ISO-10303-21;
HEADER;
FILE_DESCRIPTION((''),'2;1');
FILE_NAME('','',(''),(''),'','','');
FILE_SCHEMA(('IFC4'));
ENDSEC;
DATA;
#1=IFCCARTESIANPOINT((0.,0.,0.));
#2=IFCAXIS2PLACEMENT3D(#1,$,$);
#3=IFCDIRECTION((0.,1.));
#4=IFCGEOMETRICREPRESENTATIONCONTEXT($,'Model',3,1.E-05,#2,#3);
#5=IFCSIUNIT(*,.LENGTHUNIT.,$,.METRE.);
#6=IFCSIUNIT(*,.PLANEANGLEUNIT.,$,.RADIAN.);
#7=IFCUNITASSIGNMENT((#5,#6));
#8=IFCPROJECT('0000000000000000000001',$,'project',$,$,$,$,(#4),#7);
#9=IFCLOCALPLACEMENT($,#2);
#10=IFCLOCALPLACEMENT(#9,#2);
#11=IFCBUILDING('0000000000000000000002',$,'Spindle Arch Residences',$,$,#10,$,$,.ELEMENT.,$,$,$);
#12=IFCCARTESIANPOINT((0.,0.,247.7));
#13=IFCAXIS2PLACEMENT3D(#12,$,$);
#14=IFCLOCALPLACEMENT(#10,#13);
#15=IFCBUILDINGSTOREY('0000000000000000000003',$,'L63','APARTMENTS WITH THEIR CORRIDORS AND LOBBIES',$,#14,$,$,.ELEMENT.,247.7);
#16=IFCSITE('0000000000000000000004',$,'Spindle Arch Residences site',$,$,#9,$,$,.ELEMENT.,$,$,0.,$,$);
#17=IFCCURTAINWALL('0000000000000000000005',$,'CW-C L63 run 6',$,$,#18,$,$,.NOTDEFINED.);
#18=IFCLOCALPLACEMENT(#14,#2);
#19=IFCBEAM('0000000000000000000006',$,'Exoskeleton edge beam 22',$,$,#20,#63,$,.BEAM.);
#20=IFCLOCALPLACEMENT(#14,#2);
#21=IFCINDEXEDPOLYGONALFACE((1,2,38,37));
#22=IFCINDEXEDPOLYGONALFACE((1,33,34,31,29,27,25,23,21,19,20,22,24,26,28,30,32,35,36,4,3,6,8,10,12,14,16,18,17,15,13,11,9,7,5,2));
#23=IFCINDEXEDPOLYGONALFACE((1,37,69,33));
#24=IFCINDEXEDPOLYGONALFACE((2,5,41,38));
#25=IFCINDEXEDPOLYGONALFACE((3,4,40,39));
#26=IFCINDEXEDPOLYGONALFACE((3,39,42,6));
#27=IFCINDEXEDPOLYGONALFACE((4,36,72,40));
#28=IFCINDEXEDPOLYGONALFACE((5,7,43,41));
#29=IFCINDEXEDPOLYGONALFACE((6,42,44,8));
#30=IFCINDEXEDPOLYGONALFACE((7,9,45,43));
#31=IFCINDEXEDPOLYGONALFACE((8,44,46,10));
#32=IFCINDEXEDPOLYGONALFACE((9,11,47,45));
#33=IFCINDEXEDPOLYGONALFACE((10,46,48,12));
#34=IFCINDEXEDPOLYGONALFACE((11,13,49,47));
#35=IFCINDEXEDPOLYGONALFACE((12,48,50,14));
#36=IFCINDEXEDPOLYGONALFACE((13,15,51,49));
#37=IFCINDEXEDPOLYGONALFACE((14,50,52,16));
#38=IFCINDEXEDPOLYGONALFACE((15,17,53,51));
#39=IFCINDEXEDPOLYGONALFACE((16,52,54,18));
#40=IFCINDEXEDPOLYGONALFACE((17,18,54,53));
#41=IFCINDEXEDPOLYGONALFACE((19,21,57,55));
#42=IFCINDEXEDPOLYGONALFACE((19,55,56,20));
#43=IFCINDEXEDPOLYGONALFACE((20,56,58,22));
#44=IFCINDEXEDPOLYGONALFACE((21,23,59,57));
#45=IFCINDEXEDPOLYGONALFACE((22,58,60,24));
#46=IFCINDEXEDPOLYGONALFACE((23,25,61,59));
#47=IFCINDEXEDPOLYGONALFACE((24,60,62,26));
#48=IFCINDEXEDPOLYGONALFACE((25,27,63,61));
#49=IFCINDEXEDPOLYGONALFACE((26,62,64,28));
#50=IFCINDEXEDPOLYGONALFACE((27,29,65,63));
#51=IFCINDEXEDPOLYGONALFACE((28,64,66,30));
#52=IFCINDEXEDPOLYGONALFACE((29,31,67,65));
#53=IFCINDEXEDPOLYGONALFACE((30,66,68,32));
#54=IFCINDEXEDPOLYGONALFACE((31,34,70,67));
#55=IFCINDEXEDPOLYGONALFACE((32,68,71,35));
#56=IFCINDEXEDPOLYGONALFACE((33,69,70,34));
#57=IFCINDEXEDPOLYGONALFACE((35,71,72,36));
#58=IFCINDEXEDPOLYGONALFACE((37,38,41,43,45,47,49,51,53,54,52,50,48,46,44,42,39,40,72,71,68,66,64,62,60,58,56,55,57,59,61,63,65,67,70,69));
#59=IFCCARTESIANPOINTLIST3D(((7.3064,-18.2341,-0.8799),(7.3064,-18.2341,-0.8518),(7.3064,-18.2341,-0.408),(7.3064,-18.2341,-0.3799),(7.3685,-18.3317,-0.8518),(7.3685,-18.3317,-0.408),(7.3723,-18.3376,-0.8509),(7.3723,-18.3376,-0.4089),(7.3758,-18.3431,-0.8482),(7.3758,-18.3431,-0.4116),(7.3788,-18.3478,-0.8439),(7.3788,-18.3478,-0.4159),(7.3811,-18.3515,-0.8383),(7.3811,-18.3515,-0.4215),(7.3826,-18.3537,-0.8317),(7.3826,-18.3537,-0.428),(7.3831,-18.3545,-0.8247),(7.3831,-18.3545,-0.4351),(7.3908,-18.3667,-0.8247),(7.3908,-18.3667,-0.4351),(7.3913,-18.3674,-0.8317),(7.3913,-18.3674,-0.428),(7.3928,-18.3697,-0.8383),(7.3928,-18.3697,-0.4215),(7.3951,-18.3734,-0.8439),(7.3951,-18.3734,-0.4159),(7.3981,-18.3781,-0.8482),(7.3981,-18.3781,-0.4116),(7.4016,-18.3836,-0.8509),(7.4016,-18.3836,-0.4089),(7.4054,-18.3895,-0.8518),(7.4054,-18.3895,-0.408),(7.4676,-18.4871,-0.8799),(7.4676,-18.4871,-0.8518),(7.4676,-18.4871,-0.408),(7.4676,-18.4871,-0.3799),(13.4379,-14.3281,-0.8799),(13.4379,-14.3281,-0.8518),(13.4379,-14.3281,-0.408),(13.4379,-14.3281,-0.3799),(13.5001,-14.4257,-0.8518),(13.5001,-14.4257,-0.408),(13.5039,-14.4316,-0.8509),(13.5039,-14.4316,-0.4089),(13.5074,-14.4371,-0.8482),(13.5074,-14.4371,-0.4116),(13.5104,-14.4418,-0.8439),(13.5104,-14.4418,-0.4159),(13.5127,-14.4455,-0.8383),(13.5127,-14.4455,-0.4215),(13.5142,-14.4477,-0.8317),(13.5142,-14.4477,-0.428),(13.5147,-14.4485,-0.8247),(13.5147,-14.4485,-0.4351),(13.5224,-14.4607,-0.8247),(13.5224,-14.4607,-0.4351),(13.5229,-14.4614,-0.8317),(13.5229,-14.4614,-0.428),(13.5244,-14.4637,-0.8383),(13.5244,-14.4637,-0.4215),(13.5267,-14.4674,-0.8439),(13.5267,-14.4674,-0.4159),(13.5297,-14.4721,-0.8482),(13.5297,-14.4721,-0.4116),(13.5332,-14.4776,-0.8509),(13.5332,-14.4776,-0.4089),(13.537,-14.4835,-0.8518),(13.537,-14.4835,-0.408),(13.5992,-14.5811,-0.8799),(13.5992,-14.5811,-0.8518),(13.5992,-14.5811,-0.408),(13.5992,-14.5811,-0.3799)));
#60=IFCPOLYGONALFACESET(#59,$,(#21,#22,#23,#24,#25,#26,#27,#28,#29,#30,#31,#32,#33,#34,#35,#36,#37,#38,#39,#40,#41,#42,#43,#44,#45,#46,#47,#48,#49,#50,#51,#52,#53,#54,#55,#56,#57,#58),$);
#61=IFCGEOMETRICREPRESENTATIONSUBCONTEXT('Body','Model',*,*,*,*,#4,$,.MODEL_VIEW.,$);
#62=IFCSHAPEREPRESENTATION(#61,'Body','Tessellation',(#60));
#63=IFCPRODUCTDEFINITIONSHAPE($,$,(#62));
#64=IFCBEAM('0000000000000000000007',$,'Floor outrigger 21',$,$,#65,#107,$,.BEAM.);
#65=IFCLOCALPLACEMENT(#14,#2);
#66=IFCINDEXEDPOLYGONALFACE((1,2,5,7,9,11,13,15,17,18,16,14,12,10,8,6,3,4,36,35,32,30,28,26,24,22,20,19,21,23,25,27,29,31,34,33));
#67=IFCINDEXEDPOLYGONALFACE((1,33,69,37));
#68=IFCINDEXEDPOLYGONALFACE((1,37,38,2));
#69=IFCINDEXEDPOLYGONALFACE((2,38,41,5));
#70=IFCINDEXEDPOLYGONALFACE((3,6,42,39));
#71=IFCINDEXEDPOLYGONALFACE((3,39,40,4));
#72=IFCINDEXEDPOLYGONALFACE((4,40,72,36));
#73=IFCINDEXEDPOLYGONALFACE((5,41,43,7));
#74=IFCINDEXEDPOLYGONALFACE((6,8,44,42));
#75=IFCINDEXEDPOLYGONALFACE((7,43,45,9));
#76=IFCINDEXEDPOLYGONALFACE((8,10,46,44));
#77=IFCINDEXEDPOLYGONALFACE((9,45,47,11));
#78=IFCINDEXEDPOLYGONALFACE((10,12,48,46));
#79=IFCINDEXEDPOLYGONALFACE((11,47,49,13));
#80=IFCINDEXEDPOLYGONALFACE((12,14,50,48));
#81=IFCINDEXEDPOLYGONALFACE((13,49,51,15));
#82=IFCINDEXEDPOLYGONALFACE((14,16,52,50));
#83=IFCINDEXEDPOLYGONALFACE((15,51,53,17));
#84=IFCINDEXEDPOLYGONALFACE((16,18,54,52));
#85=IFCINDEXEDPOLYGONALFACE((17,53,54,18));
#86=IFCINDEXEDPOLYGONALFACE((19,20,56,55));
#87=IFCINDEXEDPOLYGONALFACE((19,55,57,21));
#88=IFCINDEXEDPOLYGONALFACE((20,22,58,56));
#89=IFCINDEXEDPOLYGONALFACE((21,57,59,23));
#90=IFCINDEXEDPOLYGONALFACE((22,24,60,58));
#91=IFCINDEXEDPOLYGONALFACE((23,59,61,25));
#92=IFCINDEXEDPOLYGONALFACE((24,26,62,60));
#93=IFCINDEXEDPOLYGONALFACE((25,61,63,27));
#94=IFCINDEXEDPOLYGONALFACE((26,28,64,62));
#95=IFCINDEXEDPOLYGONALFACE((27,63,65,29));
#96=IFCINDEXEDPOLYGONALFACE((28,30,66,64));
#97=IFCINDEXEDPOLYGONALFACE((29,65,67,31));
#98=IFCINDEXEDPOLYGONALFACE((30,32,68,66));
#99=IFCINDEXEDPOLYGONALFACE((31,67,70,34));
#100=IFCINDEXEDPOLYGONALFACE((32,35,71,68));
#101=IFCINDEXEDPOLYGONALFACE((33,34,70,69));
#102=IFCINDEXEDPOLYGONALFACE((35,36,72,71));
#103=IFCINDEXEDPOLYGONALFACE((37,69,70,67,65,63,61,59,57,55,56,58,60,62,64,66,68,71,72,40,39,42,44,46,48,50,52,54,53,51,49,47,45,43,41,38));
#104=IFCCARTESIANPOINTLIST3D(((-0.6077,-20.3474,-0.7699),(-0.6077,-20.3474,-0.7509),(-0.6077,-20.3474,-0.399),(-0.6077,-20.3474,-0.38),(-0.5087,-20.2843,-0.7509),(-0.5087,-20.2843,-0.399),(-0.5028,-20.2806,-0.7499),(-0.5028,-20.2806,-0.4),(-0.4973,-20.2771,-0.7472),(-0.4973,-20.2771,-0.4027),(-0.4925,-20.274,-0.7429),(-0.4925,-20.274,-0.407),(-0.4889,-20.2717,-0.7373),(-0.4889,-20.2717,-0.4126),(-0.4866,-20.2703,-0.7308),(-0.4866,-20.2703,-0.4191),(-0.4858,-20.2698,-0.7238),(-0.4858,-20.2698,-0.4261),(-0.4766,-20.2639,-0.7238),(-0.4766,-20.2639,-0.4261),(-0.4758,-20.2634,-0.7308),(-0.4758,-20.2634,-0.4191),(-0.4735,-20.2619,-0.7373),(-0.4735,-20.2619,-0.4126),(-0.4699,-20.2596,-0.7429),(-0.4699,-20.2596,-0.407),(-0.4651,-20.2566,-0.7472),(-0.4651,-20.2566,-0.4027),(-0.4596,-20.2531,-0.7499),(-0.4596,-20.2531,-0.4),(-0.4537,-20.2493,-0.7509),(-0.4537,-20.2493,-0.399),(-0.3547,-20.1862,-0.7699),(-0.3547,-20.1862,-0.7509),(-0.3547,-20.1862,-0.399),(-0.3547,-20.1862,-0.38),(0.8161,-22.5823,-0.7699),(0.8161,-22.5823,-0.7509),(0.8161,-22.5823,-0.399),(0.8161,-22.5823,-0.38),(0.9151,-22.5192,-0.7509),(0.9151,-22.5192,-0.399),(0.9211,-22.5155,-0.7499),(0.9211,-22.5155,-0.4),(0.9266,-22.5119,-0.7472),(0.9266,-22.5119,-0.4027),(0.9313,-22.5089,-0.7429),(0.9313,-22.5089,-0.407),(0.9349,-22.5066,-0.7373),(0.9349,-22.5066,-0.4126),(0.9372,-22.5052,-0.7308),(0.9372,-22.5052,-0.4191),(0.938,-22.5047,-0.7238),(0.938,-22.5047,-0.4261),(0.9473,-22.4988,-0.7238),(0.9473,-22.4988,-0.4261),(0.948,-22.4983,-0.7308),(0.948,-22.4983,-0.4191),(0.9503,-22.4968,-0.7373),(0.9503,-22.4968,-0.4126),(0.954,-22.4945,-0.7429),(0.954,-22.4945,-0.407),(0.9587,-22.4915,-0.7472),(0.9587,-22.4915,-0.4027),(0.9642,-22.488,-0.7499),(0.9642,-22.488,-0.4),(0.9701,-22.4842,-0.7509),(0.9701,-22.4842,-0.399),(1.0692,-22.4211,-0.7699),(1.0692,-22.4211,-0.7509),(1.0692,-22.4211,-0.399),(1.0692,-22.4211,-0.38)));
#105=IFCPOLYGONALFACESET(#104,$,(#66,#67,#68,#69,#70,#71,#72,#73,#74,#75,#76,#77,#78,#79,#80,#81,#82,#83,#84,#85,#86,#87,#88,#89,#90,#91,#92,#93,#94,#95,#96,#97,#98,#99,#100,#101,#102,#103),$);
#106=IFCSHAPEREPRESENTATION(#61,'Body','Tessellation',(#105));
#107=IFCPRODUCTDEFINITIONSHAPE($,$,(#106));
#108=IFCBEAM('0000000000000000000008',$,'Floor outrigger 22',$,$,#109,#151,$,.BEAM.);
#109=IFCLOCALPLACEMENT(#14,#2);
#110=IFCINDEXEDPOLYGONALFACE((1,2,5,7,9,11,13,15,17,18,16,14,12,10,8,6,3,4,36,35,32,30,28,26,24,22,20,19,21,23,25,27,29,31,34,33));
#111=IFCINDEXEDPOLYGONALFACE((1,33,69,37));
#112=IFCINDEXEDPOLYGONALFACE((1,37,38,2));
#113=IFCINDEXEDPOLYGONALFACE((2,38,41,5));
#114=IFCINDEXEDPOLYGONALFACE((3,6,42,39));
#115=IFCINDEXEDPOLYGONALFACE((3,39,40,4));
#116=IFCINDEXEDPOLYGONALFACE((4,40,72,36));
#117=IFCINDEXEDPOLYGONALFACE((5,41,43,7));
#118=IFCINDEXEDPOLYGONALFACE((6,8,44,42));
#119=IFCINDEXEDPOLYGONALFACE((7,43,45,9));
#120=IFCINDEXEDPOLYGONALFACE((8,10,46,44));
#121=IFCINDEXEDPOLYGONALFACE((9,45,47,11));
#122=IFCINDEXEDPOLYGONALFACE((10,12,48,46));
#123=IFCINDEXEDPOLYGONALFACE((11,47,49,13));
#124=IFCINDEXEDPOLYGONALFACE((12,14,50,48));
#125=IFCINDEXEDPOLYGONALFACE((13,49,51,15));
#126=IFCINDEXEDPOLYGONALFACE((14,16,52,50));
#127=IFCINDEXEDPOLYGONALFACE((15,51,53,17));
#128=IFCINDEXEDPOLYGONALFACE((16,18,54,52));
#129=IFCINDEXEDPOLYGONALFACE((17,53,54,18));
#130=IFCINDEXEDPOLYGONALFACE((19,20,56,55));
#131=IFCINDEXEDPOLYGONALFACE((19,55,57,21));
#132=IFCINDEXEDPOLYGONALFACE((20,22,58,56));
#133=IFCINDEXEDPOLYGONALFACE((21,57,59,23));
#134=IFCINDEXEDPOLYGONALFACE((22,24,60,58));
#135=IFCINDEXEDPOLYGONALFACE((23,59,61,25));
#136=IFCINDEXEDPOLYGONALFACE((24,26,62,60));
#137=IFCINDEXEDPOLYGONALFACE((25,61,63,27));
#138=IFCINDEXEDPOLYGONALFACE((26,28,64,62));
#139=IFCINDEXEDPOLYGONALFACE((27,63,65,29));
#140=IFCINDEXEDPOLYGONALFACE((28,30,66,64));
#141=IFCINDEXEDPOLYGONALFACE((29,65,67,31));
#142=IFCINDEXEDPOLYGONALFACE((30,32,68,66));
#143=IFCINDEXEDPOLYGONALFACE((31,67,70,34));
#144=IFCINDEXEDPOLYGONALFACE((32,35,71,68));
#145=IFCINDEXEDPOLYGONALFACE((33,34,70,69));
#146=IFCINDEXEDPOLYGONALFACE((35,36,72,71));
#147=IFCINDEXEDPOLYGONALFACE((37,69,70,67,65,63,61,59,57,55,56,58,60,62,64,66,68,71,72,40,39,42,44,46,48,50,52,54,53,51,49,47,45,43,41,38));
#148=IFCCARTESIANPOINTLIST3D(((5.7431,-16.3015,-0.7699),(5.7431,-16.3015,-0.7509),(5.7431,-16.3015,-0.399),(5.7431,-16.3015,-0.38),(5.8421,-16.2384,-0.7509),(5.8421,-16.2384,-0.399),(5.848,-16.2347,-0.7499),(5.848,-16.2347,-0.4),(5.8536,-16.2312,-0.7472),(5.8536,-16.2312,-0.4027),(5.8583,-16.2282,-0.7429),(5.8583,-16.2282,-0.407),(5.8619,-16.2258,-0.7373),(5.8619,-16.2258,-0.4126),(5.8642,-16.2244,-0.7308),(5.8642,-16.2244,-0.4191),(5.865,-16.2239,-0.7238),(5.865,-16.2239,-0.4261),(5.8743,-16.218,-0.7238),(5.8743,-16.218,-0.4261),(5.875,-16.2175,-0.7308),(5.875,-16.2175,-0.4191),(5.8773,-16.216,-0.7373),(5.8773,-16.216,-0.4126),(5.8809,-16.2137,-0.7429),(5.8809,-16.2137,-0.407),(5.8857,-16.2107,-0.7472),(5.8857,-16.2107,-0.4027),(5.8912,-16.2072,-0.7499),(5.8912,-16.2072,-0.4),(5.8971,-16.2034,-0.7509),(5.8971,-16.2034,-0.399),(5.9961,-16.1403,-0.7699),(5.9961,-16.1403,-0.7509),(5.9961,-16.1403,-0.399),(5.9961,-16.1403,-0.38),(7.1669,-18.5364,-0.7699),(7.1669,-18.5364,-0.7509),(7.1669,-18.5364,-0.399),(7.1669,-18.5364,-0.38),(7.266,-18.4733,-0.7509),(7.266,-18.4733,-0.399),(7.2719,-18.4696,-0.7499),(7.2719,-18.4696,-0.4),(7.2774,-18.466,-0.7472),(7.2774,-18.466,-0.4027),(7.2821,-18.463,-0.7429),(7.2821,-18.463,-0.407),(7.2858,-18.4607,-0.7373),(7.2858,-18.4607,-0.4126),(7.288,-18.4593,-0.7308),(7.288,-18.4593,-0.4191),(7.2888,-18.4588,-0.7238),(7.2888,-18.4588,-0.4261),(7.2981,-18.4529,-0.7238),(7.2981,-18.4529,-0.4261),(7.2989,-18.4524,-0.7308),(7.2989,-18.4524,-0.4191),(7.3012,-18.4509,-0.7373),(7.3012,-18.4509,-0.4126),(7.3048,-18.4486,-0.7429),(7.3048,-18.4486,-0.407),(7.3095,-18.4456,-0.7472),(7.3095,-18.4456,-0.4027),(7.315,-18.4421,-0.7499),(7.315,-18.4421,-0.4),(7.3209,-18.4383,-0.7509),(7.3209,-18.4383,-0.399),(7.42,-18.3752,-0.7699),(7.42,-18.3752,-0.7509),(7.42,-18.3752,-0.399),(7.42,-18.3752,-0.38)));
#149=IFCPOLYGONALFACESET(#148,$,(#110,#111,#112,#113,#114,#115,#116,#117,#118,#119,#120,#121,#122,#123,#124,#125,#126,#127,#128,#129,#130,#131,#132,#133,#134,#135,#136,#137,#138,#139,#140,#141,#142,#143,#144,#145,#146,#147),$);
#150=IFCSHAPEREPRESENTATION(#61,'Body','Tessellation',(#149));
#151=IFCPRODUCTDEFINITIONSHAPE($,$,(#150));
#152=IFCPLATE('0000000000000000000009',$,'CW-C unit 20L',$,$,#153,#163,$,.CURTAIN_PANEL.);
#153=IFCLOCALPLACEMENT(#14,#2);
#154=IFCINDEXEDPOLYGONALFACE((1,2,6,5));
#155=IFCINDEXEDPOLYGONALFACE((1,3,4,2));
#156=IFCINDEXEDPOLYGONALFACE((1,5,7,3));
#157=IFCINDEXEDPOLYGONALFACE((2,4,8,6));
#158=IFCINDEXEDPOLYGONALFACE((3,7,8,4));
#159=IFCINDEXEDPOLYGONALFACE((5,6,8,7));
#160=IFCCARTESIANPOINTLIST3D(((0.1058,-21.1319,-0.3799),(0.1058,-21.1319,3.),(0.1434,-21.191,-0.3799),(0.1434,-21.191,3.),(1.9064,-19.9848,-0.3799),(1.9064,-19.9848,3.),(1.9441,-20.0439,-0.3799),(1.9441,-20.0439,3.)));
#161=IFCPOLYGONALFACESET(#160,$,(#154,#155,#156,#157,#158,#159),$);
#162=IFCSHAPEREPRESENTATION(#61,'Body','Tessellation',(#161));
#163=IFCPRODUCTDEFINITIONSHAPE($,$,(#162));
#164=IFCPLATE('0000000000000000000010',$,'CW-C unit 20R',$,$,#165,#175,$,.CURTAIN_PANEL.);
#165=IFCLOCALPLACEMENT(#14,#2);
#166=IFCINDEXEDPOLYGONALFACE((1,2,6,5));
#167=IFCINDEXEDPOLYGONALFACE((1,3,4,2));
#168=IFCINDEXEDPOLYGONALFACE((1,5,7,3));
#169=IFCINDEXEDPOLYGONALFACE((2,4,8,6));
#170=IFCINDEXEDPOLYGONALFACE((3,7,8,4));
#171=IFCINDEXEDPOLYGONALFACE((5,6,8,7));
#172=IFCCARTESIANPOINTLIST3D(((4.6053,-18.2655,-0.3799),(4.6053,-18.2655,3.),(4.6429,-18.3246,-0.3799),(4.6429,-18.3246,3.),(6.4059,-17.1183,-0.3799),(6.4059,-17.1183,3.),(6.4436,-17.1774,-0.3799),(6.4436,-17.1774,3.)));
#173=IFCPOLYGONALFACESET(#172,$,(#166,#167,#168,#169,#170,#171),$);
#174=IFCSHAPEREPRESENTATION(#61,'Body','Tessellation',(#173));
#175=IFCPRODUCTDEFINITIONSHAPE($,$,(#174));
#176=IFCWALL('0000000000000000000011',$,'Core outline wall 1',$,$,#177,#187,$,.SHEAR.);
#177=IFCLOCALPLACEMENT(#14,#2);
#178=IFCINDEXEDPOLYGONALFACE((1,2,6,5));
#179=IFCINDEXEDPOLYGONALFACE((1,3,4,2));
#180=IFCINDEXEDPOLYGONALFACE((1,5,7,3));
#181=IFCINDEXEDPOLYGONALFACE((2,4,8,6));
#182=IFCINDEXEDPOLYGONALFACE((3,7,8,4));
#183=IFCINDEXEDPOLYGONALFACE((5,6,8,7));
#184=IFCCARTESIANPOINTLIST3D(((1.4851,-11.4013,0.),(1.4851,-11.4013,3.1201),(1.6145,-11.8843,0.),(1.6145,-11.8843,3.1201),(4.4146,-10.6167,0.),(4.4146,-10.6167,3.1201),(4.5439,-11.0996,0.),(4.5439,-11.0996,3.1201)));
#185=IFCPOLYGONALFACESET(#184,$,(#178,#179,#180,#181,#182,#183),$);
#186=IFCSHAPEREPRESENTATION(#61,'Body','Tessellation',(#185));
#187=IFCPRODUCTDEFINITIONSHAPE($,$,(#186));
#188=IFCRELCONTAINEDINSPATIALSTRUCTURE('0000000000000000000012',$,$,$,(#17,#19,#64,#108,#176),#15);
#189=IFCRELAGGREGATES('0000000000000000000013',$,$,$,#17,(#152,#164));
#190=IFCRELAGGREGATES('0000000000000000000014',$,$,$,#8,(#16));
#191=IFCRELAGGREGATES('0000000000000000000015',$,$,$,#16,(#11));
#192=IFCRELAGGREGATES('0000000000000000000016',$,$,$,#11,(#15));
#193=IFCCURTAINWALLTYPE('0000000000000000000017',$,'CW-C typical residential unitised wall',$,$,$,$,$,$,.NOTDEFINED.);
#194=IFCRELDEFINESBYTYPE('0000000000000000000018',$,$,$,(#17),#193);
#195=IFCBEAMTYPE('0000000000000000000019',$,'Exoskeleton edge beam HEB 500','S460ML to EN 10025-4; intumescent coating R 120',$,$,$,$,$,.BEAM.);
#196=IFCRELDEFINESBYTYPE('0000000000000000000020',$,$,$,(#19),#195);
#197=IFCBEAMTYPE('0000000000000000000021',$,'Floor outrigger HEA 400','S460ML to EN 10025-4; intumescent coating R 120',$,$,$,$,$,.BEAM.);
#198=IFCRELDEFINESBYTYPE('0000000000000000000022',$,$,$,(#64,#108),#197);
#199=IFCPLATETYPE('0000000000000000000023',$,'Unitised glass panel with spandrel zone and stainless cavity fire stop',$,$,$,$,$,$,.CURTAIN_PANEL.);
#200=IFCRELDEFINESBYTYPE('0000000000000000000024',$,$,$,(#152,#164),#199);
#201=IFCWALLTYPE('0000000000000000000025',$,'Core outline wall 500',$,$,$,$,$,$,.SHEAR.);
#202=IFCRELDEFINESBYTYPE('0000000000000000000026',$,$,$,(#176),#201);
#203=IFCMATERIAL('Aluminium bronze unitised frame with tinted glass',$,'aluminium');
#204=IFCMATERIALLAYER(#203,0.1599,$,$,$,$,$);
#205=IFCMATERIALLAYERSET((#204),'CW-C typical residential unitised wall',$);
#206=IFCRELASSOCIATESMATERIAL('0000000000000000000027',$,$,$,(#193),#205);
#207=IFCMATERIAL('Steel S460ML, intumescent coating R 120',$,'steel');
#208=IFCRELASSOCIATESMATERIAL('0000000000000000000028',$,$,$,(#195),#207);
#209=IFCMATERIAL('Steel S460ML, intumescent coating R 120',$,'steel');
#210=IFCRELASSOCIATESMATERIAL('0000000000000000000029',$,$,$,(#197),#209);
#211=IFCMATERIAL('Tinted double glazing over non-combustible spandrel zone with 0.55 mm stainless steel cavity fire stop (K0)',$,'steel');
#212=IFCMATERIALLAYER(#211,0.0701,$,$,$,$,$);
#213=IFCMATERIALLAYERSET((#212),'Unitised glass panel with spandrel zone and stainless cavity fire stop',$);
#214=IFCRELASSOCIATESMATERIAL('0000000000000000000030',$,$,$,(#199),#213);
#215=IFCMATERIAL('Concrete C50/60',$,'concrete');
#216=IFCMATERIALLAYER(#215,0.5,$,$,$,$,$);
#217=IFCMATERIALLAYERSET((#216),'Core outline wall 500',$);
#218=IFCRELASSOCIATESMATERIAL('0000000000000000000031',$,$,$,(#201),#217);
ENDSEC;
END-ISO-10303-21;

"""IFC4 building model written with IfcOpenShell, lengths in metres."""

from ifc_helpers import new_model, si_unit, direction, frame, frame_2d, origin, origin_2d, place, context, subcontext, project, spatial, rectangle, i_section, extrude, material, layer, layer_set, material_profile, profile_set, type_object, element, aggregate, save


model = new_model("IFC4")

# Units and contexts
model_context = context("Model", 3, precision=1e-05, world=origin(), true_north=direction((0.0, 1.0)))
body_context = subcontext(model_context, "Body", "Model", "MODEL_VIEW")
ifc_project = project(units=[si_unit("LENGTHUNIT", "METRE"), si_unit("PLANEANGLEUNIT", "RADIAN")], contexts=[model_context])

# Site, building, storey
site_placement = place(None, origin())
site = spatial("IfcSite", under=ifc_project, at=site_placement, Name="Spindle Arch Residences site", CompositionType="ELEMENT", RefElevation=0.0)
building_placement = place(site_placement, origin())
building = spatial("IfcBuilding", under=site, at=building_placement, Name="Spindle Arch Residences", CompositionType="ELEMENT")
storey_placement = place(building_placement, frame((0.0, 0.0, 247.7)))
storey = spatial("IfcBuildingStorey", under=building, at=storey_placement, Name="L63", Description="APARTMENTS WITH THEIR CORRIDORS AND LOBBIES", CompositionType="ELEMENT", Elevation=247.7)

# Curtain wall
ifc_material_1 = material(Name="Aluminium bronze unitised frame with tinted glass", Category="aluminium")
ifc_layer_1 = layer(ifc_material_1, 0.1599)
ifc_layer_set_1 = layer_set([ifc_layer_1], Name="CW-C typical residential unitised wall")
curtain_wall_type = type_object("IfcCurtainWallType", Name="CW-C typical residential unitised wall", PredefinedType="NOTDEFINED", material=ifc_layer_set_1)
curtain_wall_placement = place(storey_placement, origin())
curtain_wall = element("IfcCurtainWall", 1, at=curtain_wall_placement, inside=storey, type_object=curtain_wall_type, Name="CW-C L63 run 6", PredefinedType="NOTDEFINED")

# Beams
ifc_material_2 = material(Name="Steel S460ML, intumescent coating R 120", Category="steel")
ifc_material_profile_1 = material_profile(ifc_material_2, i_section(OverallWidth=0.3, OverallDepth=0.5, WebThickness=0.0144, FlangeThickness=0.0281, FilletRadius=0.0271, at=origin_2d()), Name="HEB 500")
ifc_profile_set_1 = profile_set([ifc_material_profile_1], Name="Steel S460ML, intumescent coating R 120")
beam_type_1 = type_object("IfcBeamType", Name="Exoskeleton edge beam HEB 500", Description="S460ML to EN 10025-4; intumescent coating R 120", PredefinedType="BEAM", material=ifc_profile_set_1)
for number, where, z_axis, x_axis, name in (
    (2, (7.387, -18.3606, -0.6299), (0.843407, 0.537275, 0.0), (-0.537275, 0.843407, 0.0), "Exoskeleton edge beam 22"),
):
    element("IfcBeam", number, at=place(storey_placement, frame(where, z_axis=z_axis, x_axis=x_axis)), inside=storey, type_object=beam_type_1, Name=name, PredefinedType="BEAM", context=body_context, shape_type="SweptSolid", body=[
        extrude(i_section(OverallWidth=0.3, OverallDepth=0.5, WebThickness=0.0144, FlangeThickness=0.0281, FilletRadius=0.0271, at=origin_2d()), origin(), (0.0, 0.0, 1.0), 7.27),
    ])
ifc_material_3 = material(Name="Steel S460ML, intumescent coating R 120", Category="steel")
ifc_material_profile_2 = material_profile(ifc_material_3, i_section(OverallWidth=0.3, OverallDepth=0.3899, WebThickness=0.011, FlangeThickness=0.019, FilletRadius=0.0271, at=origin_2d()), Name="HEA 400")
ifc_profile_set_2 = profile_set([ifc_material_profile_2], Name="Steel S460ML, intumescent coating R 120")
beam_type_2 = type_object("IfcBeamType", Name="Floor outrigger HEA 400", Description="S460ML to EN 10025-4; intumescent coating R 120", PredefinedType="BEAM", material=ifc_profile_set_2)
for number, where, z_axis, x_axis, name in (
    (3, (0.9426, -22.5017, -0.575), (-0.537317, 0.843381, 0.0), (-0.843381, -0.537317, 0.0), "Floor outrigger 21"),
    (4, (7.2935, -18.4558, -0.575), (-0.537317, 0.843381, 0.0), (-0.843381, -0.537317, 0.0), "Floor outrigger 22"),
):
    element("IfcBeam", number, at=place(storey_placement, frame(where, z_axis=z_axis, x_axis=x_axis)), inside=storey, type_object=beam_type_2, Name=name, PredefinedType="BEAM", context=body_context, shape_type="SweptSolid", body=[
        extrude(i_section(OverallWidth=0.3, OverallDepth=0.3899, WebThickness=0.011, FlangeThickness=0.019, FilletRadius=0.0271, at=origin_2d()), origin(), (0.0, 0.0, 1.0), 2.6499),
    ])

# Plates
ifc_material_4 = material(Name="Tinted double glazing over non-combustible spandrel zone with 0.55 mm stainless steel cavity fire stop (K0)", Category="steel")
ifc_layer_2 = layer(ifc_material_4, 0.0701)
ifc_layer_set_2 = layer_set([ifc_layer_2], Name="Unitised glass panel with spandrel zone and stainless cavity fire stop")
plate_type = type_object("IfcPlateType", Name="Unitised glass panel with spandrel zone and stainless cavity fire stop", PredefinedType="CURTAIN_PANEL", material=ifc_layer_set_2)
plate_1_placement = place(storey_placement, frame((1.0249, -20.5879, -0.3799), z_axis=(0.0, 0.0, 1.0), x_axis=(0.843391, 0.5373, 0.0)))
plate_1 = element("IfcPlate", 5, at=plate_1_placement, type_object=plate_type, Name="CW-C unit 20L", PredefinedType="CURTAIN_PANEL", context=body_context, shape_type="SweptSolid", body=[
    extrude(rectangle(XDim=2.135, YDim=0.0701, at=origin_2d()), origin(), (0.0, 0.0, 1.0), 3.3799),
])
plate_2_placement = place(storey_placement, frame((5.5244, -17.7214, -0.3799), z_axis=(0.0, 0.0, 1.0), x_axis=(0.843391, 0.5373, 0.0)))
plate_2 = element("IfcPlate", 6, at=plate_2_placement, type_object=plate_type, Name="CW-C unit 20R", PredefinedType="CURTAIN_PANEL", context=body_context, shape_type="SweptSolid", body=[
    extrude(rectangle(XDim=2.135, YDim=0.0701, at=origin_2d()), origin(), (0.0, 0.0, 1.0), 3.3799),
])
aggregate(curtain_wall, [plate_1, plate_2])

# Wall
ifc_material_5 = material(Name="Concrete C50/60", Category="concrete")
ifc_layer_3 = layer(ifc_material_5, 0.5)
ifc_layer_set_3 = layer_set([ifc_layer_3], Name="Core outline wall 500")
wall_type_1 = type_object("IfcWallType", Name="Core outline wall 500", PredefinedType="SHEAR", material=ifc_layer_set_3)
wall_1_placement = place(storey_placement, frame((1.5498, -11.6428, 0.0), z_axis=(0.0, 0.0, 1.0), x_axis=(0.965948, 0.258735, 0.0)))
element("IfcWall", 7, at=wall_1_placement, inside=storey, type_object=wall_type_1, Name="Core outline wall 1", PredefinedType="SHEAR", context=body_context, shape_type="SweptSolid", body=[
    extrude(rectangle(XDim=3.0327, YDim=0.5, at=frame_2d((1.5164, 0.0))), origin(), (0.0, 0.0, 1.0), 3.1201),
])

save(model, "model.ifc")
